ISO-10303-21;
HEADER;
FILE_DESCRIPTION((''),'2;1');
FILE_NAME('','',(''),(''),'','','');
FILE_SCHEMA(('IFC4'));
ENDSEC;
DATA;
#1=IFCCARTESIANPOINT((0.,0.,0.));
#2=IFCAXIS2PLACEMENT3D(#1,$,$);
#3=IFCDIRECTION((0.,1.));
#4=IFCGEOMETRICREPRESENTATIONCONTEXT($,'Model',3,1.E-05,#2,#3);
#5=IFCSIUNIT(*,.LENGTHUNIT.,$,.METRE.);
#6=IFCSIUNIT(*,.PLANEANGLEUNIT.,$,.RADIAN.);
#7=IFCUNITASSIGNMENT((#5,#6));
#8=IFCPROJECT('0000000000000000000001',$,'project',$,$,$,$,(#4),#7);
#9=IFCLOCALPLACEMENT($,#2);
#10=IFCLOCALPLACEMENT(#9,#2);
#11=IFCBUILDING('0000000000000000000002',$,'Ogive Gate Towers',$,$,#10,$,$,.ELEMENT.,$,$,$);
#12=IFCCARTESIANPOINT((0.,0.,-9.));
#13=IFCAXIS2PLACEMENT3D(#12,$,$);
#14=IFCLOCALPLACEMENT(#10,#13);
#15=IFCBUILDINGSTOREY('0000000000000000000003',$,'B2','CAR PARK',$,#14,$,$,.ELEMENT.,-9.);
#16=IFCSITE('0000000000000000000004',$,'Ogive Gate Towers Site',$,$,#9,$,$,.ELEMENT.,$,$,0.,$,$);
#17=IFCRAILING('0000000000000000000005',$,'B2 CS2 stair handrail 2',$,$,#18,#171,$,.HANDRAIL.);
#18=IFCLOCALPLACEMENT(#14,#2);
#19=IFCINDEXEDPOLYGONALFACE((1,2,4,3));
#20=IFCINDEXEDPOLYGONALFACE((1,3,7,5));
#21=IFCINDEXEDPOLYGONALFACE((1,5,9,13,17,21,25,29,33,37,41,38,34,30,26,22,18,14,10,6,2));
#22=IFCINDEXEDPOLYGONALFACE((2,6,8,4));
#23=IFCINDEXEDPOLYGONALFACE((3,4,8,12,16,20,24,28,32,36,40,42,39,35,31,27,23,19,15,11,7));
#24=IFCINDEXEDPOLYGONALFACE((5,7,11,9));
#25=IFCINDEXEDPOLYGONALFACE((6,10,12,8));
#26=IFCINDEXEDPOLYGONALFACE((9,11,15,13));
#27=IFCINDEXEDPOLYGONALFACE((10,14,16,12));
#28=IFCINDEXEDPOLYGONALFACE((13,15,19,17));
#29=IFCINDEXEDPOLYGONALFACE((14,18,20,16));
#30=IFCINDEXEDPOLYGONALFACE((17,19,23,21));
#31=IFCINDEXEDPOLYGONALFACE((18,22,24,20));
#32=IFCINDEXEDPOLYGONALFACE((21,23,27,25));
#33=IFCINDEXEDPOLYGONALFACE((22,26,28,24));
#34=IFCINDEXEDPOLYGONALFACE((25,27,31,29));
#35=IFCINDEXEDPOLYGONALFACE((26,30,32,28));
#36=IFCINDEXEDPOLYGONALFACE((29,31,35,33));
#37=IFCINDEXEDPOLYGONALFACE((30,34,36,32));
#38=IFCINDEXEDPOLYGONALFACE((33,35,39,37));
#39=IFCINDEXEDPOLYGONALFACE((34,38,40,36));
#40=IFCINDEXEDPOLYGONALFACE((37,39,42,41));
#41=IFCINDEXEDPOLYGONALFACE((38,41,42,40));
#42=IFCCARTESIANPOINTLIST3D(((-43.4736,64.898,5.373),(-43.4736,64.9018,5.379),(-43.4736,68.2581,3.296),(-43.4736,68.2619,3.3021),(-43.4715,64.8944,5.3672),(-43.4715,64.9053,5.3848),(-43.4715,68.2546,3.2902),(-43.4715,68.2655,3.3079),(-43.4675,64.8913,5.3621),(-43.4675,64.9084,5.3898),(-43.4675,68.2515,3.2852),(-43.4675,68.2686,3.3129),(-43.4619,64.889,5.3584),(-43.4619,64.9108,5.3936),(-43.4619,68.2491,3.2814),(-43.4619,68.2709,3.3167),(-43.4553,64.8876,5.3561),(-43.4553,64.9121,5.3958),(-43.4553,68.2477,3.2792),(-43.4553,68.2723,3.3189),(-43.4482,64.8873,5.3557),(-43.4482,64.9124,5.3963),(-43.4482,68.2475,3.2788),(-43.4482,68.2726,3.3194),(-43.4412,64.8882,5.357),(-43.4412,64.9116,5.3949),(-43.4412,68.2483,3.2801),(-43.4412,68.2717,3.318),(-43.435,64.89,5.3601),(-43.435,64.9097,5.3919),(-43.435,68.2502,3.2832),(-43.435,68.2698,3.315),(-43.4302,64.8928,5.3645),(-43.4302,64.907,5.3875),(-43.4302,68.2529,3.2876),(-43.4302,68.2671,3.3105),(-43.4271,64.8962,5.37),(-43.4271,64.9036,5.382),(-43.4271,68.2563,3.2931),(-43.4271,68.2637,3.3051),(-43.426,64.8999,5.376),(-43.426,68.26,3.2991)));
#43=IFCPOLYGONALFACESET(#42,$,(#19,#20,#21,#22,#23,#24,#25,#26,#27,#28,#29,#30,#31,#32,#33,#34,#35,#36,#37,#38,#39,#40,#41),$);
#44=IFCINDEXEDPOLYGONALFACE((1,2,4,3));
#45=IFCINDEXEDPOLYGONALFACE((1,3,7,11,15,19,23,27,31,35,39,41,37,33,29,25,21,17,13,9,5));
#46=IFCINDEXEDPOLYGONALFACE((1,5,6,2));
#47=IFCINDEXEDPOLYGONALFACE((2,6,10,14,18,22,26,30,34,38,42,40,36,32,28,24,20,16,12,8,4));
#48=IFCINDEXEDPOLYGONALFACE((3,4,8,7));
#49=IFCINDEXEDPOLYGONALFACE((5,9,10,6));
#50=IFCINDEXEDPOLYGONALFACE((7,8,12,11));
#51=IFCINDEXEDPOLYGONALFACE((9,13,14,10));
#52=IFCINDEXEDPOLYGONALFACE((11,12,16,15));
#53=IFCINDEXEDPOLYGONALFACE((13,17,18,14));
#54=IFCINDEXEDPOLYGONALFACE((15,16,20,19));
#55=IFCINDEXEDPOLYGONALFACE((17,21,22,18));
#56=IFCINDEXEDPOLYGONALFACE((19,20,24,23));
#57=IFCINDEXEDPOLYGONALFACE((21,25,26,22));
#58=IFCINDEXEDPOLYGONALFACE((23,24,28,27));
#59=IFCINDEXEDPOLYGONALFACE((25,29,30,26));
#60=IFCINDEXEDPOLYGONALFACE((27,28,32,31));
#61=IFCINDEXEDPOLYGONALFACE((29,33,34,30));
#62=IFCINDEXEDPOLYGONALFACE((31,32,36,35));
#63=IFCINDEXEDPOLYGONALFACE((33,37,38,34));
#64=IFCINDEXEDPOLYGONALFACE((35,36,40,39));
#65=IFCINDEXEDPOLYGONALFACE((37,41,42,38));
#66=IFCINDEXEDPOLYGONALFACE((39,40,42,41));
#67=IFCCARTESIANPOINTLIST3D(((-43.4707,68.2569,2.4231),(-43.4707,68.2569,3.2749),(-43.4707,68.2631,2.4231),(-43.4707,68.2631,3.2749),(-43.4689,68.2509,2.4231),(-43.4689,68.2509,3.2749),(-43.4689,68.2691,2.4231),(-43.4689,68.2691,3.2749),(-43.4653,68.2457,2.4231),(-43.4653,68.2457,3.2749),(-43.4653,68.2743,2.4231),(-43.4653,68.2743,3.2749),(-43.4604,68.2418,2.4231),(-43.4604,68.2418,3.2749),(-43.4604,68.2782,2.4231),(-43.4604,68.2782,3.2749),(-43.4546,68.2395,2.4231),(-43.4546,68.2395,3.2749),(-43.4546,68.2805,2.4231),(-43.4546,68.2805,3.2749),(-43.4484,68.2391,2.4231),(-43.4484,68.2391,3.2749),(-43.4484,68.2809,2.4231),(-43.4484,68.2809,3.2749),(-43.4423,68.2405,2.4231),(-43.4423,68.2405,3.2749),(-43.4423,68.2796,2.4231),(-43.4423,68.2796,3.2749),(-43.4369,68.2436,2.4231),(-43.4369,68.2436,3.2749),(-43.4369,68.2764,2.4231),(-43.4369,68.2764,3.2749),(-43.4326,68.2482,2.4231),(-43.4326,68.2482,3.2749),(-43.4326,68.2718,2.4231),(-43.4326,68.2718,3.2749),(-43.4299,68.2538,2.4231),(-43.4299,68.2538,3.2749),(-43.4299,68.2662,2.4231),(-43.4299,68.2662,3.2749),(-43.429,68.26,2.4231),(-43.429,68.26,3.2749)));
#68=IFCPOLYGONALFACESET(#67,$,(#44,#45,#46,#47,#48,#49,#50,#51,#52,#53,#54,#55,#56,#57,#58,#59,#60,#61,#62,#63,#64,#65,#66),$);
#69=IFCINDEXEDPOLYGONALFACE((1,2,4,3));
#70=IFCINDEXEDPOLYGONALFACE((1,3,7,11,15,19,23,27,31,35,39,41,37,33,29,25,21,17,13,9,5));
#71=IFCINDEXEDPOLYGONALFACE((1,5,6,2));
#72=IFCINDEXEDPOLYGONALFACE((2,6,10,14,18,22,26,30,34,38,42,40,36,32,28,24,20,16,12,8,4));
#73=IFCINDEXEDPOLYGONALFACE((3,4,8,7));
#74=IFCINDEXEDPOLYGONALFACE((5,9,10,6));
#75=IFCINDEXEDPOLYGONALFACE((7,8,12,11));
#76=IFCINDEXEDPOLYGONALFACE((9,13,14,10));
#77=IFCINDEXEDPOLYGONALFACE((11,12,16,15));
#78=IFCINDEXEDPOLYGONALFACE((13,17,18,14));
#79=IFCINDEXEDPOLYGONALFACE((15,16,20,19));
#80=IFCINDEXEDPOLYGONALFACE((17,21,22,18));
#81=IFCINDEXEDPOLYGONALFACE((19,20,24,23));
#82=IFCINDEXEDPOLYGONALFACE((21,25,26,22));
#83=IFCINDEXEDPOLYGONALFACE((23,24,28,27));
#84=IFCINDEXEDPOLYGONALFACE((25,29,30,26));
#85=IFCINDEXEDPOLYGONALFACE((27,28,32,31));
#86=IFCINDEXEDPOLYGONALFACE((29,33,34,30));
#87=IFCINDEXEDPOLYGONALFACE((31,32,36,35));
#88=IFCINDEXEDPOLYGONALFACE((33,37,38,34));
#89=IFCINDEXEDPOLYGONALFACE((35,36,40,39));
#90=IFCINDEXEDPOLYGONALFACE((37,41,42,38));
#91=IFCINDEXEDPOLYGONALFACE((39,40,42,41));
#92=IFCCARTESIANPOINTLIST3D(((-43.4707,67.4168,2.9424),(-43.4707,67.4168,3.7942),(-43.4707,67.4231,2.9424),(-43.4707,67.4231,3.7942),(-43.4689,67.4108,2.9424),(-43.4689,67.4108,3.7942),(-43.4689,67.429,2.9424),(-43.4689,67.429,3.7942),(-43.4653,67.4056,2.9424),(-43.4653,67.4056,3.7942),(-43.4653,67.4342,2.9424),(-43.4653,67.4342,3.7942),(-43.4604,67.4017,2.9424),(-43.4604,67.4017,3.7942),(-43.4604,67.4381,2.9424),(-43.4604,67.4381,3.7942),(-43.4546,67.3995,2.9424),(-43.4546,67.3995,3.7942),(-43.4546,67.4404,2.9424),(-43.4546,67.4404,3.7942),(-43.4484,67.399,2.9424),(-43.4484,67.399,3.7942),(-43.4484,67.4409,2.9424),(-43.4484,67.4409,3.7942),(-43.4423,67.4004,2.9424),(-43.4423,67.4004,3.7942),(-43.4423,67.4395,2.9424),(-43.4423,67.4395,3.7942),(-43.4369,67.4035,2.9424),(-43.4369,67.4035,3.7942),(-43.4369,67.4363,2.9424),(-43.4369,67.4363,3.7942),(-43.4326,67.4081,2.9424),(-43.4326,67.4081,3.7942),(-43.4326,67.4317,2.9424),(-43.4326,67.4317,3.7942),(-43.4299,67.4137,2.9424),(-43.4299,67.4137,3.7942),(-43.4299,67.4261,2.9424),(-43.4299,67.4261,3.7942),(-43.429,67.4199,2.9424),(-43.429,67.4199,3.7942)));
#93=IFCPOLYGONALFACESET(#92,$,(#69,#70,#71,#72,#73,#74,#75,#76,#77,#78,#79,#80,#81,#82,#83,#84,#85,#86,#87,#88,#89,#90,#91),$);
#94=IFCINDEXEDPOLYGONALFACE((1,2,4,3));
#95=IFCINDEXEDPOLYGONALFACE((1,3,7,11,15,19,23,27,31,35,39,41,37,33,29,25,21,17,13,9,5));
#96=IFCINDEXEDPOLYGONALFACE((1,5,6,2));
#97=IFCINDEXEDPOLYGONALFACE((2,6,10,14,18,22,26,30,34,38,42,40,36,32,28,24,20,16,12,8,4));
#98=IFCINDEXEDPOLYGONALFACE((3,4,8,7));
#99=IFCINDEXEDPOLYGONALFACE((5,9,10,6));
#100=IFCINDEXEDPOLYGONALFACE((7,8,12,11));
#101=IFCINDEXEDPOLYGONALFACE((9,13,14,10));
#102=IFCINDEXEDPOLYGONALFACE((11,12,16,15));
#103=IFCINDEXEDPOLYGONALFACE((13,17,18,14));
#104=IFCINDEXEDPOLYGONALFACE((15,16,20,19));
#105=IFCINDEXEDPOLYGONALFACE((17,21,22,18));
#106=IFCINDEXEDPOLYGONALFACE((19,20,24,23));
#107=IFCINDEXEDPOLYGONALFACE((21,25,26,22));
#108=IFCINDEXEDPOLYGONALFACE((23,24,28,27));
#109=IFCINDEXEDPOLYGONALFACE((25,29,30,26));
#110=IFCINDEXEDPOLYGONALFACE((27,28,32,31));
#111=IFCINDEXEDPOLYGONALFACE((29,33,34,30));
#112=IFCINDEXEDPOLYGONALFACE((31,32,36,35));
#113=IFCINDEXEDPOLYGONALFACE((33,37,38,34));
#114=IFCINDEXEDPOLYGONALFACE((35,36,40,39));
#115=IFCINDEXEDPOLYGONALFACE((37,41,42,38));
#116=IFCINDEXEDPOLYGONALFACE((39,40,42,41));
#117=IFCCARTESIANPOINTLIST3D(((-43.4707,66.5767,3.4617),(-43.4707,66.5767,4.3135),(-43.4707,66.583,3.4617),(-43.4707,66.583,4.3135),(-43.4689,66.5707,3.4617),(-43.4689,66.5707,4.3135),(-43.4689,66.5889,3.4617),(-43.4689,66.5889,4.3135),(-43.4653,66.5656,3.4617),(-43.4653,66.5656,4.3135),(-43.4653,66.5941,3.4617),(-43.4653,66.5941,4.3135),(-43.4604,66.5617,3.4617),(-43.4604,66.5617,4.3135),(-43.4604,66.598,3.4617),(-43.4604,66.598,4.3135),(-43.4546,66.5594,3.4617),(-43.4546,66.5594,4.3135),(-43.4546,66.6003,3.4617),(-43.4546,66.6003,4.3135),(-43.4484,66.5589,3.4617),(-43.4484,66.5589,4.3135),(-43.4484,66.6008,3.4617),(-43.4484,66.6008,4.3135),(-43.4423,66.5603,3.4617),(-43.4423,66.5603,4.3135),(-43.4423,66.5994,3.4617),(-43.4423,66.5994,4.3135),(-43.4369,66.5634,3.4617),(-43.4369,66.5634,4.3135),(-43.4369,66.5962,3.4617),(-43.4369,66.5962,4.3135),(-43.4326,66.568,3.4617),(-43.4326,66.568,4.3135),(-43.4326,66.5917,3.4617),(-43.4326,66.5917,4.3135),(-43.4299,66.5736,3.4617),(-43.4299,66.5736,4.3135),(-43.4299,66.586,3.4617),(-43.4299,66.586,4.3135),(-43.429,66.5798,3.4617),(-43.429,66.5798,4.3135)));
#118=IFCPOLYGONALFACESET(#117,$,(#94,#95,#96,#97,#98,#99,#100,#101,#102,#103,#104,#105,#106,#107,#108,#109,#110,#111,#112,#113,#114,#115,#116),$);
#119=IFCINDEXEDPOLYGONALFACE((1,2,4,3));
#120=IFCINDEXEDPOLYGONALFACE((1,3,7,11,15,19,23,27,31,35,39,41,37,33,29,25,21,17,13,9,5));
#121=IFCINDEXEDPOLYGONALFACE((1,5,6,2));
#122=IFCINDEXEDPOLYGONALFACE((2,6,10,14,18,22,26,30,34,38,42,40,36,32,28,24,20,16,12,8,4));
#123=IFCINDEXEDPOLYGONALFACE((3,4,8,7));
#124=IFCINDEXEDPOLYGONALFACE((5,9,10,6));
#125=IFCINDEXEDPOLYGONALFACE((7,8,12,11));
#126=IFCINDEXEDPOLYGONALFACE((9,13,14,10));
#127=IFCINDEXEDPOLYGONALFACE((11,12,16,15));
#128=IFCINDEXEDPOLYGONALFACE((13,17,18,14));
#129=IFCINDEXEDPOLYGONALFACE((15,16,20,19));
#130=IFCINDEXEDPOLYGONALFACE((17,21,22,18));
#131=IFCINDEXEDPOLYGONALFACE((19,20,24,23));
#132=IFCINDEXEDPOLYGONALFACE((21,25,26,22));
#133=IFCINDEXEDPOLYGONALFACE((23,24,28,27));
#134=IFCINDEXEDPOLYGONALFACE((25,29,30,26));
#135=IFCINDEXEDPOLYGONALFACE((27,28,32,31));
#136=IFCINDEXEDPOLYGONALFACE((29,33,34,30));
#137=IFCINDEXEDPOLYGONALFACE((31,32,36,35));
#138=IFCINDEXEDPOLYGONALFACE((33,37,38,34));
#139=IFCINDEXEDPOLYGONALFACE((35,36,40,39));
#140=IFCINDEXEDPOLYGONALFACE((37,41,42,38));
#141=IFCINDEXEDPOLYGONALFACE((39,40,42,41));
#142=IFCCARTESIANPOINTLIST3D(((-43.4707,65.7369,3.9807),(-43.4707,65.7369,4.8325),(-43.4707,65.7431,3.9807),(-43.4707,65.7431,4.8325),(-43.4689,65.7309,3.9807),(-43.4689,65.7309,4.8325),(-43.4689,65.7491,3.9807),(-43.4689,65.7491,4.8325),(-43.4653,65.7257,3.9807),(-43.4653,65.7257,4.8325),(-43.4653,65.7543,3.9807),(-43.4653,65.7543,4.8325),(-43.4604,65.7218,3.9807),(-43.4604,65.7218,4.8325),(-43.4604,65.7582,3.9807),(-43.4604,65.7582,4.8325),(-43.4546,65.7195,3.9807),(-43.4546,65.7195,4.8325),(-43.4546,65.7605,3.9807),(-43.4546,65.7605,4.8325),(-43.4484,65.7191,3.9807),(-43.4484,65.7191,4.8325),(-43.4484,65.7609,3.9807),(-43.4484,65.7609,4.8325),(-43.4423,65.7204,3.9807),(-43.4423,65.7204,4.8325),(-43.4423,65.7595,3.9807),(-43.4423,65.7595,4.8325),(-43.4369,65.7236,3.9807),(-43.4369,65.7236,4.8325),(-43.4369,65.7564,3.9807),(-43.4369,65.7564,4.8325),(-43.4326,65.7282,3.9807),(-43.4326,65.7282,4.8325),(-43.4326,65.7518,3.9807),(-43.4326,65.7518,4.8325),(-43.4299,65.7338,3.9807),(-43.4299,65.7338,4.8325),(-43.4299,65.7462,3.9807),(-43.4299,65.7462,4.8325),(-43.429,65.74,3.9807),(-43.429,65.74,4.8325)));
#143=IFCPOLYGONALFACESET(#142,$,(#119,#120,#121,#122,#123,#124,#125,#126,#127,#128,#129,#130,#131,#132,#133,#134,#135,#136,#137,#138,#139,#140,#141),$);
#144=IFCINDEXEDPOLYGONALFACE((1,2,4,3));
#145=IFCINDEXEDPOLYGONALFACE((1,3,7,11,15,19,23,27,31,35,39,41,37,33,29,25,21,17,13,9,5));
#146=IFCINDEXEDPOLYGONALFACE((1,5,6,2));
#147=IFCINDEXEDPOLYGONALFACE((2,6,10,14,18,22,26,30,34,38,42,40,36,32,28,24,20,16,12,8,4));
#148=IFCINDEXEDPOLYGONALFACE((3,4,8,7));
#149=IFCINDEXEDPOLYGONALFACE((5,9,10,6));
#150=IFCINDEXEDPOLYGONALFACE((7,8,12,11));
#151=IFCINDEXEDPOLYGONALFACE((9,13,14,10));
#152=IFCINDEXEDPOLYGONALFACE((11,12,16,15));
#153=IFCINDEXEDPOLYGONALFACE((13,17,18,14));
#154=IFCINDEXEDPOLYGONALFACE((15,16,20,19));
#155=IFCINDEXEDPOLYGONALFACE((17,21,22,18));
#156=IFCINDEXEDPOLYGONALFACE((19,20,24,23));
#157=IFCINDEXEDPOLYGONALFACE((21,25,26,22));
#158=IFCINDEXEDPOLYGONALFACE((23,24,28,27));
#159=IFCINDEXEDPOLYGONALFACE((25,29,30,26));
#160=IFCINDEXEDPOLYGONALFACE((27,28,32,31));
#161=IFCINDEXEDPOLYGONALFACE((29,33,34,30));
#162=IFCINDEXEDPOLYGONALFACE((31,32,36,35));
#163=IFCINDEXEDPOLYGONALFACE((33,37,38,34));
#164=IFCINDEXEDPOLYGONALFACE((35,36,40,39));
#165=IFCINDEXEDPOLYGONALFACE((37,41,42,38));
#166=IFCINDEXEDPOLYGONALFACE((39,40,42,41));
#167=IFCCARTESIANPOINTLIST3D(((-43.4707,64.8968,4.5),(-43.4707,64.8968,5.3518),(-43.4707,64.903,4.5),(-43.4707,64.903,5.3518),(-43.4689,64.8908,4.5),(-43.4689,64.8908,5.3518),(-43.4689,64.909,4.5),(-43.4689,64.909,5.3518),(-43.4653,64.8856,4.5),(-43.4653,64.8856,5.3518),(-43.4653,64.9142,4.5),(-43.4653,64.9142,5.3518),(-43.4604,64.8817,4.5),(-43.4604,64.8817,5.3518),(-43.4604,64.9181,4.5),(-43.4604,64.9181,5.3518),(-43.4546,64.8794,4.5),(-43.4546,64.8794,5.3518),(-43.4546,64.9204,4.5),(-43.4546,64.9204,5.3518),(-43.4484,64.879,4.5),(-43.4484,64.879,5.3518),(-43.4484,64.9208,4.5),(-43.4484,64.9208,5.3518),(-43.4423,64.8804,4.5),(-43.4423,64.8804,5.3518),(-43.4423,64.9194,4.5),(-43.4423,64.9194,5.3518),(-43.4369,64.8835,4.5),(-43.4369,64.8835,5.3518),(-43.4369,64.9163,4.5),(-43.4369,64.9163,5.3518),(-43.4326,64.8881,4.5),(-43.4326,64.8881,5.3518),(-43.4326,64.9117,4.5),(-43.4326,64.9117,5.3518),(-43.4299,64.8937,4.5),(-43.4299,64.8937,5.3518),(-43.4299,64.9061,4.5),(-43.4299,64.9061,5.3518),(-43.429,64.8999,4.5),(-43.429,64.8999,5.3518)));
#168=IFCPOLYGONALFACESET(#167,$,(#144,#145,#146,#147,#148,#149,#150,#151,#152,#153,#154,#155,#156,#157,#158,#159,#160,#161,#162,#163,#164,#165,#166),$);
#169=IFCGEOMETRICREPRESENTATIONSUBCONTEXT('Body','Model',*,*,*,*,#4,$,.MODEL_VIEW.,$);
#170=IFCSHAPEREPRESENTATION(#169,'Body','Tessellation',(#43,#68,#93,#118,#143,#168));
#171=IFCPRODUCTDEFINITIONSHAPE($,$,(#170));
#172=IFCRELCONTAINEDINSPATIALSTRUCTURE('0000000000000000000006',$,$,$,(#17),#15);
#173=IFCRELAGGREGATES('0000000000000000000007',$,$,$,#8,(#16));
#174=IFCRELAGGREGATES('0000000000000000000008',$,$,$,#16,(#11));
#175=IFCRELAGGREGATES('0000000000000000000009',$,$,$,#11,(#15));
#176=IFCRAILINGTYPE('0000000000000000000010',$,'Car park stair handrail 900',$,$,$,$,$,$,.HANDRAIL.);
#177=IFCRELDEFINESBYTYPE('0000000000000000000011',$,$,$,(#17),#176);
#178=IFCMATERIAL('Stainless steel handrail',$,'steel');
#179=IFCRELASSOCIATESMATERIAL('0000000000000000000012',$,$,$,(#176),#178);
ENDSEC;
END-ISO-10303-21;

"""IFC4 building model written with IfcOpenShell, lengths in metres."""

from ifc_helpers import new_model, si_unit, direction, frame, origin, origin_2d, place, context, subcontext, project, spatial, circle, extrude, material, type_object, element, save


model = new_model("IFC4")

# Units and contexts
model_context = context("Model", 3, precision=1e-05, world=origin(), true_north=direction((0.0, 1.0)))
body_context = subcontext(model_context, "Body", "Model", "MODEL_VIEW")
ifc_project = project(units=[si_unit("LENGTHUNIT", "METRE"), si_unit("PLANEANGLEUNIT", "RADIAN")], contexts=[model_context])

# Site, building, storey
site_placement = place(None, origin())
site = spatial("IfcSite", under=ifc_project, at=site_placement, Name="Ogive Gate Towers Site", CompositionType="ELEMENT", RefElevation=0.0)
building_placement = place(site_placement, origin())
building = spatial("IfcBuilding", under=site, at=building_placement, Name="Ogive Gate Towers", CompositionType="ELEMENT")
storey_placement = place(building_placement, frame((0.0, 0.0, -9.0)))
storey = spatial("IfcBuildingStorey", under=building, at=storey_placement, Name="B2", Description="CAR PARK", CompositionType="ELEMENT", Elevation=-9.0)

# Railing
ifc_material_1 = material(Name="Stainless steel handrail", Category="steel")
railing_type_1 = type_object("IfcRailingType", Name="Car park stair handrail 900", PredefinedType="HANDRAIL", material=ifc_material_1)
railing_1_placement = place(storey_placement, frame((-43.45, 68.26, 2.4231)))
element("IfcRailing", 1, at=railing_1_placement, inside=storey, type_object=railing_type_1, Name="B2 CS2 stair handrail 2", PredefinedType="HANDRAIL", context=body_context, shape_type="SweptSolid", body=[
    extrude(circle(Radius=0.0239, at=origin_2d()), frame((0.0, 0.0, 0.876), z_axis=(0.0, -0.850623, 0.525776), x_axis=(1.0, 0.0, 0.0)), (0.0, 0.0, 1.0), 3.9502),
    extrude(circle(Radius=0.021, at=origin_2d()), origin(), (0.0, 0.0, 1.0), 0.8518),
    extrude(circle(Radius=0.021, at=origin_2d()), frame((0.0, -0.8401, 0.5193)), (0.0, 0.0, 1.0), 0.8518),
    extrude(circle(Radius=0.021, at=origin_2d()), frame((0.0, -1.6802, 1.0386)), (0.0, 0.0, 1.0), 0.8518),
    extrude(circle(Radius=0.021, at=origin_2d()), frame((0.0, -2.52, 1.5576)), (0.0, 0.0, 1.0), 0.8518),
    extrude(circle(Radius=0.021, at=origin_2d()), frame((0.0, -3.3601, 2.0769)), (0.0, 0.0, 1.0), 0.8518),
])

save(model, "model.ifc")
